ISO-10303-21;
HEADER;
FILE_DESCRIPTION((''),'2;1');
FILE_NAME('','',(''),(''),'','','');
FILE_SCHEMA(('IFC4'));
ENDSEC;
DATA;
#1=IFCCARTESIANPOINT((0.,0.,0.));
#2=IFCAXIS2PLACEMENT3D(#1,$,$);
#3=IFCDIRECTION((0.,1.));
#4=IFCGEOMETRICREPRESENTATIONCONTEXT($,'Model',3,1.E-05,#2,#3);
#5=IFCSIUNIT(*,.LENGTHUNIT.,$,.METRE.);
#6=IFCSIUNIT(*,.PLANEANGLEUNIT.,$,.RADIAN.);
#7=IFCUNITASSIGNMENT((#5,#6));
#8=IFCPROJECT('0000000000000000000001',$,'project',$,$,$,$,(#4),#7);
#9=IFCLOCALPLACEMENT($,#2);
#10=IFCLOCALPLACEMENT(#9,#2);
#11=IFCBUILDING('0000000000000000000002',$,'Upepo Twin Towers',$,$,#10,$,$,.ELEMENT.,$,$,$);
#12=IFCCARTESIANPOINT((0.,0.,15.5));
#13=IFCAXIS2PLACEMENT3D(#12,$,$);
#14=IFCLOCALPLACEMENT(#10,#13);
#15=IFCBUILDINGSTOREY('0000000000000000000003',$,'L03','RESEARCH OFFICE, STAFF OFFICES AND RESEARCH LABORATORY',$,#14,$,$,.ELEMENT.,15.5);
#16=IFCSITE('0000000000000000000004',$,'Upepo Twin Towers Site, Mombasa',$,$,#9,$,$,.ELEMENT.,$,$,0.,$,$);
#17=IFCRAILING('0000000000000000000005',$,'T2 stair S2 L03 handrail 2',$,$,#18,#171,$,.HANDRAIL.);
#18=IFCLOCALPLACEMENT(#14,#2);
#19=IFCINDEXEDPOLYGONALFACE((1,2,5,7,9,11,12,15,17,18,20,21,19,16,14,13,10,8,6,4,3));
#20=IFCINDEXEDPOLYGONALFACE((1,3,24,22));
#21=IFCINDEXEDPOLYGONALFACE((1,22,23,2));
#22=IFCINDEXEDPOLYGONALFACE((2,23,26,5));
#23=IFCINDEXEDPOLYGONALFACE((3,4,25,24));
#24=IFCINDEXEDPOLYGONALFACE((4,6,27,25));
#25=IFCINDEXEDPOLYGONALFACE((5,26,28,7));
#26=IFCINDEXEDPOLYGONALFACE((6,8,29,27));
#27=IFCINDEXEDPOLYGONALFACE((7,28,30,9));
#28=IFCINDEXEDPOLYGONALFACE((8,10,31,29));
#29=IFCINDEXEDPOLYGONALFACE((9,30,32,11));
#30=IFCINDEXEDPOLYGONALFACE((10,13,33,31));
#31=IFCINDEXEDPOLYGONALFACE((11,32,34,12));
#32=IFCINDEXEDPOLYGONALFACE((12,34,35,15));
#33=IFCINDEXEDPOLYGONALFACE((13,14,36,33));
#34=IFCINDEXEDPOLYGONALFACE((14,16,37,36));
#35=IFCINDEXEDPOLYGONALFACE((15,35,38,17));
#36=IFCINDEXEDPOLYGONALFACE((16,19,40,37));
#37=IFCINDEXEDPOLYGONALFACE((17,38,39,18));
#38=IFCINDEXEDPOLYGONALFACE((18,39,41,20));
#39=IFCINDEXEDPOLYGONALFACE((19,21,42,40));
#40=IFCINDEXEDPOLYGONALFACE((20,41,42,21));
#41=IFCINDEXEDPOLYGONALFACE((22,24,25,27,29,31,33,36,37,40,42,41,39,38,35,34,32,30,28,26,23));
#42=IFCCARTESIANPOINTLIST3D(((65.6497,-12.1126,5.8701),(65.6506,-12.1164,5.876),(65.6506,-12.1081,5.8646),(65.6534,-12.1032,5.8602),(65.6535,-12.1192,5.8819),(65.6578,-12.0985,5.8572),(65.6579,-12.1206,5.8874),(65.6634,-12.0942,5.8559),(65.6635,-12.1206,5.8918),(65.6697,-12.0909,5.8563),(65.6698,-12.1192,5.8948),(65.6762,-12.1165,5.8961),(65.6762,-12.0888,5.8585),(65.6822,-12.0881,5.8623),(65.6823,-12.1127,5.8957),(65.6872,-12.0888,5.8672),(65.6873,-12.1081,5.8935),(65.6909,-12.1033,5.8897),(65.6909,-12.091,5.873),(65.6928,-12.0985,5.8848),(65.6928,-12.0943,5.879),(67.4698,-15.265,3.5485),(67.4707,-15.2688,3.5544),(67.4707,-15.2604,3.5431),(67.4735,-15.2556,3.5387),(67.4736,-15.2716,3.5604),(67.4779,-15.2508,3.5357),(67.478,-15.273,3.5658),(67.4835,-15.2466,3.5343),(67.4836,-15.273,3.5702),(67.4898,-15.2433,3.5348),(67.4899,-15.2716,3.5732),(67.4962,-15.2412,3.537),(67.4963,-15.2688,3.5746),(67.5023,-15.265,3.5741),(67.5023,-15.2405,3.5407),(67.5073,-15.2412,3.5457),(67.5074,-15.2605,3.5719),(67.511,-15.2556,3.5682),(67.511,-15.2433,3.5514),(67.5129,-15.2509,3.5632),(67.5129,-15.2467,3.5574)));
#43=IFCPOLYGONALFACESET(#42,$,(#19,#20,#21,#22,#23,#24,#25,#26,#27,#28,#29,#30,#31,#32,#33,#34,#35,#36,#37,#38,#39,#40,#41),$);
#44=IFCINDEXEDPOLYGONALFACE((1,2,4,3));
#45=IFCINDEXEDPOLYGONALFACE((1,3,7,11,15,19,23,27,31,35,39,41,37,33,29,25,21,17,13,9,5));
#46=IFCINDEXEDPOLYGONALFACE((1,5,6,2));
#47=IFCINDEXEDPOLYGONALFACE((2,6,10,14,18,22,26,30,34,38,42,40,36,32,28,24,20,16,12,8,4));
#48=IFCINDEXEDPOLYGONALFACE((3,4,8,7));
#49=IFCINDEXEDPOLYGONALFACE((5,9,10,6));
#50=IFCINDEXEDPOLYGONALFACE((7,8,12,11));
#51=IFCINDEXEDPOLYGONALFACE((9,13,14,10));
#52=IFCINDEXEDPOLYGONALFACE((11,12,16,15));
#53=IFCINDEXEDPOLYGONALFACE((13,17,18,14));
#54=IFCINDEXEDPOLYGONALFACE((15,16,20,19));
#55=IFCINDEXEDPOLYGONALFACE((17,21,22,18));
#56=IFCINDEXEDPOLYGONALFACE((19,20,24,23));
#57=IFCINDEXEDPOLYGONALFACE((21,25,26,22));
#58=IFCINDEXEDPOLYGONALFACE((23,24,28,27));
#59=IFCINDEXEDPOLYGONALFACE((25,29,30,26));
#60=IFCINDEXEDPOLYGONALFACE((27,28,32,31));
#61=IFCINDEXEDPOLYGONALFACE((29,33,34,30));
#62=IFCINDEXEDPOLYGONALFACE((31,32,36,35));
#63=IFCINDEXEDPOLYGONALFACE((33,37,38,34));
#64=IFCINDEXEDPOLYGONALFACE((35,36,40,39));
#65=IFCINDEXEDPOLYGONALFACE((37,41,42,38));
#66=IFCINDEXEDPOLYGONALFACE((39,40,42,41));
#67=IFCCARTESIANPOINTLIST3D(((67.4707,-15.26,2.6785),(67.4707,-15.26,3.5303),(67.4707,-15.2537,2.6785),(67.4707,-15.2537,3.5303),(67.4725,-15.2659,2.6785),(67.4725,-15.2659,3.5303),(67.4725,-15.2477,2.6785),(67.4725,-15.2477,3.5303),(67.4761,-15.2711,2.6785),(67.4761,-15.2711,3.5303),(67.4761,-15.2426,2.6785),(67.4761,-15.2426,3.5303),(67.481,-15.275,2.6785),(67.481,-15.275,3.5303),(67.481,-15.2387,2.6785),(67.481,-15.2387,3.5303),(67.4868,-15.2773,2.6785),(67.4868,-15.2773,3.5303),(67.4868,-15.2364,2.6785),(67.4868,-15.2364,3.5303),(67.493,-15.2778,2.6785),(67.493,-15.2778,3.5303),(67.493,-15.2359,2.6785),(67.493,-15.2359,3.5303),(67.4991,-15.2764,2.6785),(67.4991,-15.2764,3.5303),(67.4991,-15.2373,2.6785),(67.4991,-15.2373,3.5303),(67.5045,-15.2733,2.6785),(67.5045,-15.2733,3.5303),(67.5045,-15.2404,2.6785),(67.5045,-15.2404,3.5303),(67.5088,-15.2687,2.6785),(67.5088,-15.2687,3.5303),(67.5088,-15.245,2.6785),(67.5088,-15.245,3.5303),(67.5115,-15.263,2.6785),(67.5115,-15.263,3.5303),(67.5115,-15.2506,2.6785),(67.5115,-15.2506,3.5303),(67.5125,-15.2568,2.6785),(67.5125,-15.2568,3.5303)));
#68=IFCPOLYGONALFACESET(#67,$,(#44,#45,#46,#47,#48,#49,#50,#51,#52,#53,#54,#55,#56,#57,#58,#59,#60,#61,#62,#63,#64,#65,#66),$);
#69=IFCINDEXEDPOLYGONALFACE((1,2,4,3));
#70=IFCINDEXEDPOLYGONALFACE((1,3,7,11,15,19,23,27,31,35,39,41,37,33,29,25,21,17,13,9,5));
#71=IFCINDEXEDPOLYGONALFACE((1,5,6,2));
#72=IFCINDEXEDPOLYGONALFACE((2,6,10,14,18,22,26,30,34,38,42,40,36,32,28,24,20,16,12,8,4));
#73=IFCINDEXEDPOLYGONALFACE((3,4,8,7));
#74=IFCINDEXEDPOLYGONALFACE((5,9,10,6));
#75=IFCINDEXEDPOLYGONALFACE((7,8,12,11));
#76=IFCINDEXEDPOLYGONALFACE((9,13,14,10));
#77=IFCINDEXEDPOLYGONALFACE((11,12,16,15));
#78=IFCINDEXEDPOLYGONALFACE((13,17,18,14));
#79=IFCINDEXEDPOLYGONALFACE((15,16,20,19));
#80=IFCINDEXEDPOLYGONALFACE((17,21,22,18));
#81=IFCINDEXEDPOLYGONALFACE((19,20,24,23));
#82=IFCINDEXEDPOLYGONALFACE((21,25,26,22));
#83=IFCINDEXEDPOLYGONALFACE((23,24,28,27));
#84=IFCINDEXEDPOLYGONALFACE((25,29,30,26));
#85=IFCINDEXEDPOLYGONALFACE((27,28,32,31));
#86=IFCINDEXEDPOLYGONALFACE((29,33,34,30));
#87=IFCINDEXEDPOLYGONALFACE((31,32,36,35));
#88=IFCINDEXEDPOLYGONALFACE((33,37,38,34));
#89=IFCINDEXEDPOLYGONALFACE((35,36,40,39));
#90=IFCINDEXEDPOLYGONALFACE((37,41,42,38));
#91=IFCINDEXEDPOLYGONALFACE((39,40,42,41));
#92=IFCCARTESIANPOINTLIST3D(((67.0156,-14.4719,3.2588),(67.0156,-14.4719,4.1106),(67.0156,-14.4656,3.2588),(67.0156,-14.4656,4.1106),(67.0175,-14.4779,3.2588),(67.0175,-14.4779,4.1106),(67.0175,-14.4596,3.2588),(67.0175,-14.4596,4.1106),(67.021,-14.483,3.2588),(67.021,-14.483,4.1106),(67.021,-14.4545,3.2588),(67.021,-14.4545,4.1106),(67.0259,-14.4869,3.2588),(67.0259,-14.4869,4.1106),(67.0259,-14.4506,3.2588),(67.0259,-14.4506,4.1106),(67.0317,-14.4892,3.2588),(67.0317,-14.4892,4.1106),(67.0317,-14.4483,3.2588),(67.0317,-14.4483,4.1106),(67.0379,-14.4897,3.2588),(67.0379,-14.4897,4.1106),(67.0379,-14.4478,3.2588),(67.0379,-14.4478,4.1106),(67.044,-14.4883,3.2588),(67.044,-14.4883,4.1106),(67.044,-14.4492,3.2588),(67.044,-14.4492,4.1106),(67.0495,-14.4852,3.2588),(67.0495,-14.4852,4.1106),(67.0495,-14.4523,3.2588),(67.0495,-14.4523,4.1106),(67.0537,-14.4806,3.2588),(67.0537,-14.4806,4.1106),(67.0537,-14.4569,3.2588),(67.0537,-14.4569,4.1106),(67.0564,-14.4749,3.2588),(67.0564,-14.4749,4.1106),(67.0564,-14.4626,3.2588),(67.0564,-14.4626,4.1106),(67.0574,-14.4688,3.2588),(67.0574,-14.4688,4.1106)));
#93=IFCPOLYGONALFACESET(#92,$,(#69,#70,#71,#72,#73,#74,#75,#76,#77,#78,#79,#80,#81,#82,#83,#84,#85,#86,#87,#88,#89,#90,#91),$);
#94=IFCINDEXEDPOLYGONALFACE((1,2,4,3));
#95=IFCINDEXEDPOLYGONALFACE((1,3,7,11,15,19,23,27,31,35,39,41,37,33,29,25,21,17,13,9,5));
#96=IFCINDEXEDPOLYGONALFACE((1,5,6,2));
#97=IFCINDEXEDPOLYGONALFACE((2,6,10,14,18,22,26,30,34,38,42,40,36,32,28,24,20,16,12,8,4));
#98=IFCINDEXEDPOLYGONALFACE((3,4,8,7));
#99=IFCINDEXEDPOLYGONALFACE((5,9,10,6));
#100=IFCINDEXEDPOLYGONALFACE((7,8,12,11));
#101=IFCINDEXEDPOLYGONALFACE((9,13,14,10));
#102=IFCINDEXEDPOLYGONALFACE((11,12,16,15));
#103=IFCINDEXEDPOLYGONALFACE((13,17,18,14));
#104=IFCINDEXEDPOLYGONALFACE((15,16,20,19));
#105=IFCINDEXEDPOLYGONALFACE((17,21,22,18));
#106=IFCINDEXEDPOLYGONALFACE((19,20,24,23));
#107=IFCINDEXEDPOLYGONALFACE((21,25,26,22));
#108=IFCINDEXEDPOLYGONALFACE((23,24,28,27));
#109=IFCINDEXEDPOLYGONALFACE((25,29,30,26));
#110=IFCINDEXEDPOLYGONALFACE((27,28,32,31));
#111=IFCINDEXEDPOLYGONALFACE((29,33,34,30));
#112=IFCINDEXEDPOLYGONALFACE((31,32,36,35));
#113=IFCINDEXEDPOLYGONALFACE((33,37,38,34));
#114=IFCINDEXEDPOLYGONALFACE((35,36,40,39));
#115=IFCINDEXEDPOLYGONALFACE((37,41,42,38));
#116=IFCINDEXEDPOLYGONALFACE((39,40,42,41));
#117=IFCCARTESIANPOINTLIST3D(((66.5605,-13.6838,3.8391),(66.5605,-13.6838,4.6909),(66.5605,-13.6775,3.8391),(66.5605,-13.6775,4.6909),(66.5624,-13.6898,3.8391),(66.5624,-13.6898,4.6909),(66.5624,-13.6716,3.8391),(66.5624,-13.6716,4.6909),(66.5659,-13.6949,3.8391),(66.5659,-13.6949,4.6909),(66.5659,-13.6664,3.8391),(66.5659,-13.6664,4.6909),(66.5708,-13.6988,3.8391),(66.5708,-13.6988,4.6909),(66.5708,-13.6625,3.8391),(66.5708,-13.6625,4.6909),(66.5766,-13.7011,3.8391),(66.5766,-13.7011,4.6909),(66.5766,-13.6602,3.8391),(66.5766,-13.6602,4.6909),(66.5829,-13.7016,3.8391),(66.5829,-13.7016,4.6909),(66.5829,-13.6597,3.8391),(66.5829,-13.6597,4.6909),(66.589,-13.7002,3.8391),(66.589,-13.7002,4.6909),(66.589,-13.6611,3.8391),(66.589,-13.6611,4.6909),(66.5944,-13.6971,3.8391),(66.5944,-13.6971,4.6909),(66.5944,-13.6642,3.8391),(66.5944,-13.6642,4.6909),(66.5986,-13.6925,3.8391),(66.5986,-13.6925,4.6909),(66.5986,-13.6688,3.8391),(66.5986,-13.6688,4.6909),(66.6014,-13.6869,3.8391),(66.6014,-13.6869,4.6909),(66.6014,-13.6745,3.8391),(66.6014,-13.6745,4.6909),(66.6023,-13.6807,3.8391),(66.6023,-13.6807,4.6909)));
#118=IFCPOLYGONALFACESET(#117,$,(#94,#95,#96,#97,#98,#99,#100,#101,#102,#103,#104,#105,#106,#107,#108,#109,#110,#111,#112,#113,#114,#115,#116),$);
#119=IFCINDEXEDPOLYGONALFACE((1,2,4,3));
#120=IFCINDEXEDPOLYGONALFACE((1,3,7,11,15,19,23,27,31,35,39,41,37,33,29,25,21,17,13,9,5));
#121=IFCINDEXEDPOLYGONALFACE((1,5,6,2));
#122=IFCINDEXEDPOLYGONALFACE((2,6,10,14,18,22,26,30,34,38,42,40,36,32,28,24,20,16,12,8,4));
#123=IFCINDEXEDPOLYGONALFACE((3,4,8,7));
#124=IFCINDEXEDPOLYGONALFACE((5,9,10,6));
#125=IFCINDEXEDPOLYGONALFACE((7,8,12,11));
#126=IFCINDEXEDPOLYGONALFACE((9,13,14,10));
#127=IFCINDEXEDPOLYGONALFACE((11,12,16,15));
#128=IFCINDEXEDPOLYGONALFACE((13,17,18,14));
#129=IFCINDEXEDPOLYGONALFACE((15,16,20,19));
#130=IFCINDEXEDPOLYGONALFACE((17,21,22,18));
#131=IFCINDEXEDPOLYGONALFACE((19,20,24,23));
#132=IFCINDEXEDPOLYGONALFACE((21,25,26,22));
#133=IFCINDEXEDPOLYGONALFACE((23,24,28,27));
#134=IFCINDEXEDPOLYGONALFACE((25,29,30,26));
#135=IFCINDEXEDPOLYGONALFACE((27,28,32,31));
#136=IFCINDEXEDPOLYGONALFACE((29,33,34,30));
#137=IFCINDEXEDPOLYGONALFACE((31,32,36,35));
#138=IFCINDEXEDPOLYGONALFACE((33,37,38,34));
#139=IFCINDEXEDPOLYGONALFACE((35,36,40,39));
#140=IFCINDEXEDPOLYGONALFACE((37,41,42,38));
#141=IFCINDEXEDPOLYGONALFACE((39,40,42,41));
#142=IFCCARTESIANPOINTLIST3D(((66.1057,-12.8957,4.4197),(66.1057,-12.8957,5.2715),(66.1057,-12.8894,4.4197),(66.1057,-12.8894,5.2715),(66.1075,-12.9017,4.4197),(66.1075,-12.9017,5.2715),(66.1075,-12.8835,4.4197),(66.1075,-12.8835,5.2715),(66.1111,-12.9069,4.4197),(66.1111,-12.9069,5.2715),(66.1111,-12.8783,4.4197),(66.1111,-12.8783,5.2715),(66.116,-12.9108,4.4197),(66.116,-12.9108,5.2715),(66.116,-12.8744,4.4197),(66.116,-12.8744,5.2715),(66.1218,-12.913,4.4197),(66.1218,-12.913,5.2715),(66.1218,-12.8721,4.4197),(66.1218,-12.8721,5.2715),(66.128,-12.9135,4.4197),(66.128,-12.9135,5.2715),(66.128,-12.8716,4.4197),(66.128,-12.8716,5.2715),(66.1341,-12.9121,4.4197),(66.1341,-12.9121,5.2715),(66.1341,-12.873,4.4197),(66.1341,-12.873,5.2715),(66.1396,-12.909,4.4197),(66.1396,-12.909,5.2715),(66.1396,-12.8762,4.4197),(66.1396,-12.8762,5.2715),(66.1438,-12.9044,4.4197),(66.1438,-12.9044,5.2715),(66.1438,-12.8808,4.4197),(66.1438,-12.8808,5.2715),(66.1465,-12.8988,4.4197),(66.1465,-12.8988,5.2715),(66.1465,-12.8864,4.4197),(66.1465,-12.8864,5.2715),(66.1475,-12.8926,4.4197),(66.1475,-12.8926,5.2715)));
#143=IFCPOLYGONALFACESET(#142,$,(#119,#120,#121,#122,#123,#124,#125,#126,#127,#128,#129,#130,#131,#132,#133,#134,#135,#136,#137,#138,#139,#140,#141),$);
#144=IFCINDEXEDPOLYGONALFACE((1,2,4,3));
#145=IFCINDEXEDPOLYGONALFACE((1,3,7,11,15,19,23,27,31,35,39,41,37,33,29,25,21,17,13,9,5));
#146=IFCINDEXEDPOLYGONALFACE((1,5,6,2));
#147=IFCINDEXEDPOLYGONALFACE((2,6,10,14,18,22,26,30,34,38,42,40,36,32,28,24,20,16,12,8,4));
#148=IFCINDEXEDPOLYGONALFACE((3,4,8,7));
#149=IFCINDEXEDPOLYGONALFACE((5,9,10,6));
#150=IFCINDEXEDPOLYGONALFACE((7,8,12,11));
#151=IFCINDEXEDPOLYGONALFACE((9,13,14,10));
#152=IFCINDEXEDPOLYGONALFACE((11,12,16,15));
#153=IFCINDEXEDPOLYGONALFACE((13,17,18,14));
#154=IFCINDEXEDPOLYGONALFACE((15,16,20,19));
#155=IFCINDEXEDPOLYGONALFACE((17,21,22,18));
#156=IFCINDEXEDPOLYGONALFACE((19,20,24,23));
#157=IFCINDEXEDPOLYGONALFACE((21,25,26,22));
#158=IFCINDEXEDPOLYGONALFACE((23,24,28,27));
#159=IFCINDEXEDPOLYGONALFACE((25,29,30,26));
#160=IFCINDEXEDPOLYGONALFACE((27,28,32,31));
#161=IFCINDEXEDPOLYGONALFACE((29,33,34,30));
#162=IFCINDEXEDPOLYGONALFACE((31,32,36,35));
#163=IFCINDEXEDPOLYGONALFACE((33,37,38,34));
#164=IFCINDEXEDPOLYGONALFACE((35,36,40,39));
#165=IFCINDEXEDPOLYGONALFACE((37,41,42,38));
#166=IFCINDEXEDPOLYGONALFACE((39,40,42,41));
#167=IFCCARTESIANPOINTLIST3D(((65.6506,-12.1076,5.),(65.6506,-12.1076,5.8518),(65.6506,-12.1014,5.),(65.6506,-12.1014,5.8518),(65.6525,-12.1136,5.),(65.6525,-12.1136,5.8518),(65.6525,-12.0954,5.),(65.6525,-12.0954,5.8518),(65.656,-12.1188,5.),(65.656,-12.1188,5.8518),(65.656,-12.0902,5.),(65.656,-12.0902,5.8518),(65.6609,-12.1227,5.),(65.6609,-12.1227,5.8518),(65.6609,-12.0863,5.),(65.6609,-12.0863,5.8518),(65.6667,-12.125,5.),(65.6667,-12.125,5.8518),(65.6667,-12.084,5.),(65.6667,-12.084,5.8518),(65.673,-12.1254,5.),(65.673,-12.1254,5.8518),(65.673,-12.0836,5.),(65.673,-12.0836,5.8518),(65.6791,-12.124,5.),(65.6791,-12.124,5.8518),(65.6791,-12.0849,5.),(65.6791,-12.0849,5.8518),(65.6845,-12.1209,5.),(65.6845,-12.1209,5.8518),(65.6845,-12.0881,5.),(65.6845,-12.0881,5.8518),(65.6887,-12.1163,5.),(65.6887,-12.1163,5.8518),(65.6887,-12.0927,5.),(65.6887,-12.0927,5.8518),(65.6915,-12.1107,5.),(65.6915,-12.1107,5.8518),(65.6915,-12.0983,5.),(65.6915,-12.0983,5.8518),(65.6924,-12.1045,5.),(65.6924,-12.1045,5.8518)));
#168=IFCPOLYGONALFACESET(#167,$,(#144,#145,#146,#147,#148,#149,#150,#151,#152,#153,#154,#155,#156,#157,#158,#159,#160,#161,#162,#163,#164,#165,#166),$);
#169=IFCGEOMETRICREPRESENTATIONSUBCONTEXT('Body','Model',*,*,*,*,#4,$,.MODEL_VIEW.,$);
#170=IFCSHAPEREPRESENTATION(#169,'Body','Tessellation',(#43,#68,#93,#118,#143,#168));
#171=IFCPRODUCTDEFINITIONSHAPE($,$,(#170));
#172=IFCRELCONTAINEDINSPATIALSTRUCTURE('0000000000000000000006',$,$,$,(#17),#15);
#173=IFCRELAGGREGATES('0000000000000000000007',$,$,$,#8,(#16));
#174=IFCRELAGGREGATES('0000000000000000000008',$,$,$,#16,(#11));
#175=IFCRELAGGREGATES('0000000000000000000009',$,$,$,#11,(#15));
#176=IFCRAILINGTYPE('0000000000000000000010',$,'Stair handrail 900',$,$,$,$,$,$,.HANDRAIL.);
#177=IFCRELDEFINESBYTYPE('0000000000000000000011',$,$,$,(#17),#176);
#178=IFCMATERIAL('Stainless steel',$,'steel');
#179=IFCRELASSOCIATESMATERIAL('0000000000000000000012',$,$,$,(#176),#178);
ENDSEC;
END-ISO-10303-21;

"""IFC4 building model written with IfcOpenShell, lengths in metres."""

from ifc_helpers import new_model, si_unit, direction, frame, origin, origin_2d, place, context, subcontext, project, spatial, circle, extrude, material, type_object, element, save


model = new_model("IFC4")

# Units and contexts
model_context = context("Model", 3, precision=1e-05, world=origin(), true_north=direction((0.0, 1.0)))
body_context = subcontext(model_context, "Body", "Model", "MODEL_VIEW")
ifc_project = project(units=[si_unit("LENGTHUNIT", "METRE"), si_unit("PLANEANGLEUNIT", "RADIAN")], contexts=[model_context])

# Site, building, storey
site_placement = place(None, origin())
site = spatial("IfcSite", under=ifc_project, at=site_placement, Name="Upepo Twin Towers Site, Mombasa", CompositionType="ELEMENT", RefElevation=0.0)
building_placement = place(site_placement, origin())
building = spatial("IfcBuilding", under=site, at=building_placement, Name="Upepo Twin Towers", CompositionType="ELEMENT")
storey_placement = place(building_placement, frame((0.0, 0.0, 15.5)))
storey = spatial("IfcBuildingStorey", under=building, at=storey_placement, Name="L03", Description="RESEARCH OFFICE, STAFF OFFICES AND RESEARCH LABORATORY", CompositionType="ELEMENT", Elevation=15.5)

# Railing
ifc_material_1 = material(Name="Stainless steel", Category="steel")
railing_type = type_object("IfcRailingType", Name="Stair handrail 900", PredefinedType="HANDRAIL", material=ifc_material_1)
railing_1_placement = place(storey_placement, frame((67.4915, -15.2568, 2.6785)))
element("IfcRailing", 1, at=railing_1_placement, inside=storey, type_object=railing_type, Name="T2 stair S2 L03 handrail 2", PredefinedType="HANDRAIL", context=body_context, shape_type="SweptSolid", body=[
    extrude(circle(Radius=0.0239, at=origin_2d()), frame((0.0, 0.0, 0.876), z_axis=(-0.421572, 0.730159, 0.537723), x_axis=(-0.866018, -0.500013, 0.0)), (0.0, 0.0, 1.0), 4.3174),
    extrude(circle(Radius=0.021, at=origin_2d()), origin(), (0.0, 0.0, 1.0), 0.8518),
    extrude(circle(Radius=0.021, at=origin_2d()), frame((-0.4551, 0.7881, 0.5803)), (0.0, 0.0, 1.0), 0.8518),
    extrude(circle(Radius=0.021, at=origin_2d()), frame((-0.9102, 1.5762, 1.1606)), (0.0, 0.0, 1.0), 0.8518),
    extrude(circle(Radius=0.021, at=origin_2d()), frame((-1.365, 2.3643, 1.7412)), (0.0, 0.0, 1.0), 0.8518),
    extrude(circle(Radius=0.021, at=origin_2d()), frame((-1.8201, 3.1523, 2.3215)), (0.0, 0.0, 1.0), 0.8518),
])

save(model, "model.ifc")
